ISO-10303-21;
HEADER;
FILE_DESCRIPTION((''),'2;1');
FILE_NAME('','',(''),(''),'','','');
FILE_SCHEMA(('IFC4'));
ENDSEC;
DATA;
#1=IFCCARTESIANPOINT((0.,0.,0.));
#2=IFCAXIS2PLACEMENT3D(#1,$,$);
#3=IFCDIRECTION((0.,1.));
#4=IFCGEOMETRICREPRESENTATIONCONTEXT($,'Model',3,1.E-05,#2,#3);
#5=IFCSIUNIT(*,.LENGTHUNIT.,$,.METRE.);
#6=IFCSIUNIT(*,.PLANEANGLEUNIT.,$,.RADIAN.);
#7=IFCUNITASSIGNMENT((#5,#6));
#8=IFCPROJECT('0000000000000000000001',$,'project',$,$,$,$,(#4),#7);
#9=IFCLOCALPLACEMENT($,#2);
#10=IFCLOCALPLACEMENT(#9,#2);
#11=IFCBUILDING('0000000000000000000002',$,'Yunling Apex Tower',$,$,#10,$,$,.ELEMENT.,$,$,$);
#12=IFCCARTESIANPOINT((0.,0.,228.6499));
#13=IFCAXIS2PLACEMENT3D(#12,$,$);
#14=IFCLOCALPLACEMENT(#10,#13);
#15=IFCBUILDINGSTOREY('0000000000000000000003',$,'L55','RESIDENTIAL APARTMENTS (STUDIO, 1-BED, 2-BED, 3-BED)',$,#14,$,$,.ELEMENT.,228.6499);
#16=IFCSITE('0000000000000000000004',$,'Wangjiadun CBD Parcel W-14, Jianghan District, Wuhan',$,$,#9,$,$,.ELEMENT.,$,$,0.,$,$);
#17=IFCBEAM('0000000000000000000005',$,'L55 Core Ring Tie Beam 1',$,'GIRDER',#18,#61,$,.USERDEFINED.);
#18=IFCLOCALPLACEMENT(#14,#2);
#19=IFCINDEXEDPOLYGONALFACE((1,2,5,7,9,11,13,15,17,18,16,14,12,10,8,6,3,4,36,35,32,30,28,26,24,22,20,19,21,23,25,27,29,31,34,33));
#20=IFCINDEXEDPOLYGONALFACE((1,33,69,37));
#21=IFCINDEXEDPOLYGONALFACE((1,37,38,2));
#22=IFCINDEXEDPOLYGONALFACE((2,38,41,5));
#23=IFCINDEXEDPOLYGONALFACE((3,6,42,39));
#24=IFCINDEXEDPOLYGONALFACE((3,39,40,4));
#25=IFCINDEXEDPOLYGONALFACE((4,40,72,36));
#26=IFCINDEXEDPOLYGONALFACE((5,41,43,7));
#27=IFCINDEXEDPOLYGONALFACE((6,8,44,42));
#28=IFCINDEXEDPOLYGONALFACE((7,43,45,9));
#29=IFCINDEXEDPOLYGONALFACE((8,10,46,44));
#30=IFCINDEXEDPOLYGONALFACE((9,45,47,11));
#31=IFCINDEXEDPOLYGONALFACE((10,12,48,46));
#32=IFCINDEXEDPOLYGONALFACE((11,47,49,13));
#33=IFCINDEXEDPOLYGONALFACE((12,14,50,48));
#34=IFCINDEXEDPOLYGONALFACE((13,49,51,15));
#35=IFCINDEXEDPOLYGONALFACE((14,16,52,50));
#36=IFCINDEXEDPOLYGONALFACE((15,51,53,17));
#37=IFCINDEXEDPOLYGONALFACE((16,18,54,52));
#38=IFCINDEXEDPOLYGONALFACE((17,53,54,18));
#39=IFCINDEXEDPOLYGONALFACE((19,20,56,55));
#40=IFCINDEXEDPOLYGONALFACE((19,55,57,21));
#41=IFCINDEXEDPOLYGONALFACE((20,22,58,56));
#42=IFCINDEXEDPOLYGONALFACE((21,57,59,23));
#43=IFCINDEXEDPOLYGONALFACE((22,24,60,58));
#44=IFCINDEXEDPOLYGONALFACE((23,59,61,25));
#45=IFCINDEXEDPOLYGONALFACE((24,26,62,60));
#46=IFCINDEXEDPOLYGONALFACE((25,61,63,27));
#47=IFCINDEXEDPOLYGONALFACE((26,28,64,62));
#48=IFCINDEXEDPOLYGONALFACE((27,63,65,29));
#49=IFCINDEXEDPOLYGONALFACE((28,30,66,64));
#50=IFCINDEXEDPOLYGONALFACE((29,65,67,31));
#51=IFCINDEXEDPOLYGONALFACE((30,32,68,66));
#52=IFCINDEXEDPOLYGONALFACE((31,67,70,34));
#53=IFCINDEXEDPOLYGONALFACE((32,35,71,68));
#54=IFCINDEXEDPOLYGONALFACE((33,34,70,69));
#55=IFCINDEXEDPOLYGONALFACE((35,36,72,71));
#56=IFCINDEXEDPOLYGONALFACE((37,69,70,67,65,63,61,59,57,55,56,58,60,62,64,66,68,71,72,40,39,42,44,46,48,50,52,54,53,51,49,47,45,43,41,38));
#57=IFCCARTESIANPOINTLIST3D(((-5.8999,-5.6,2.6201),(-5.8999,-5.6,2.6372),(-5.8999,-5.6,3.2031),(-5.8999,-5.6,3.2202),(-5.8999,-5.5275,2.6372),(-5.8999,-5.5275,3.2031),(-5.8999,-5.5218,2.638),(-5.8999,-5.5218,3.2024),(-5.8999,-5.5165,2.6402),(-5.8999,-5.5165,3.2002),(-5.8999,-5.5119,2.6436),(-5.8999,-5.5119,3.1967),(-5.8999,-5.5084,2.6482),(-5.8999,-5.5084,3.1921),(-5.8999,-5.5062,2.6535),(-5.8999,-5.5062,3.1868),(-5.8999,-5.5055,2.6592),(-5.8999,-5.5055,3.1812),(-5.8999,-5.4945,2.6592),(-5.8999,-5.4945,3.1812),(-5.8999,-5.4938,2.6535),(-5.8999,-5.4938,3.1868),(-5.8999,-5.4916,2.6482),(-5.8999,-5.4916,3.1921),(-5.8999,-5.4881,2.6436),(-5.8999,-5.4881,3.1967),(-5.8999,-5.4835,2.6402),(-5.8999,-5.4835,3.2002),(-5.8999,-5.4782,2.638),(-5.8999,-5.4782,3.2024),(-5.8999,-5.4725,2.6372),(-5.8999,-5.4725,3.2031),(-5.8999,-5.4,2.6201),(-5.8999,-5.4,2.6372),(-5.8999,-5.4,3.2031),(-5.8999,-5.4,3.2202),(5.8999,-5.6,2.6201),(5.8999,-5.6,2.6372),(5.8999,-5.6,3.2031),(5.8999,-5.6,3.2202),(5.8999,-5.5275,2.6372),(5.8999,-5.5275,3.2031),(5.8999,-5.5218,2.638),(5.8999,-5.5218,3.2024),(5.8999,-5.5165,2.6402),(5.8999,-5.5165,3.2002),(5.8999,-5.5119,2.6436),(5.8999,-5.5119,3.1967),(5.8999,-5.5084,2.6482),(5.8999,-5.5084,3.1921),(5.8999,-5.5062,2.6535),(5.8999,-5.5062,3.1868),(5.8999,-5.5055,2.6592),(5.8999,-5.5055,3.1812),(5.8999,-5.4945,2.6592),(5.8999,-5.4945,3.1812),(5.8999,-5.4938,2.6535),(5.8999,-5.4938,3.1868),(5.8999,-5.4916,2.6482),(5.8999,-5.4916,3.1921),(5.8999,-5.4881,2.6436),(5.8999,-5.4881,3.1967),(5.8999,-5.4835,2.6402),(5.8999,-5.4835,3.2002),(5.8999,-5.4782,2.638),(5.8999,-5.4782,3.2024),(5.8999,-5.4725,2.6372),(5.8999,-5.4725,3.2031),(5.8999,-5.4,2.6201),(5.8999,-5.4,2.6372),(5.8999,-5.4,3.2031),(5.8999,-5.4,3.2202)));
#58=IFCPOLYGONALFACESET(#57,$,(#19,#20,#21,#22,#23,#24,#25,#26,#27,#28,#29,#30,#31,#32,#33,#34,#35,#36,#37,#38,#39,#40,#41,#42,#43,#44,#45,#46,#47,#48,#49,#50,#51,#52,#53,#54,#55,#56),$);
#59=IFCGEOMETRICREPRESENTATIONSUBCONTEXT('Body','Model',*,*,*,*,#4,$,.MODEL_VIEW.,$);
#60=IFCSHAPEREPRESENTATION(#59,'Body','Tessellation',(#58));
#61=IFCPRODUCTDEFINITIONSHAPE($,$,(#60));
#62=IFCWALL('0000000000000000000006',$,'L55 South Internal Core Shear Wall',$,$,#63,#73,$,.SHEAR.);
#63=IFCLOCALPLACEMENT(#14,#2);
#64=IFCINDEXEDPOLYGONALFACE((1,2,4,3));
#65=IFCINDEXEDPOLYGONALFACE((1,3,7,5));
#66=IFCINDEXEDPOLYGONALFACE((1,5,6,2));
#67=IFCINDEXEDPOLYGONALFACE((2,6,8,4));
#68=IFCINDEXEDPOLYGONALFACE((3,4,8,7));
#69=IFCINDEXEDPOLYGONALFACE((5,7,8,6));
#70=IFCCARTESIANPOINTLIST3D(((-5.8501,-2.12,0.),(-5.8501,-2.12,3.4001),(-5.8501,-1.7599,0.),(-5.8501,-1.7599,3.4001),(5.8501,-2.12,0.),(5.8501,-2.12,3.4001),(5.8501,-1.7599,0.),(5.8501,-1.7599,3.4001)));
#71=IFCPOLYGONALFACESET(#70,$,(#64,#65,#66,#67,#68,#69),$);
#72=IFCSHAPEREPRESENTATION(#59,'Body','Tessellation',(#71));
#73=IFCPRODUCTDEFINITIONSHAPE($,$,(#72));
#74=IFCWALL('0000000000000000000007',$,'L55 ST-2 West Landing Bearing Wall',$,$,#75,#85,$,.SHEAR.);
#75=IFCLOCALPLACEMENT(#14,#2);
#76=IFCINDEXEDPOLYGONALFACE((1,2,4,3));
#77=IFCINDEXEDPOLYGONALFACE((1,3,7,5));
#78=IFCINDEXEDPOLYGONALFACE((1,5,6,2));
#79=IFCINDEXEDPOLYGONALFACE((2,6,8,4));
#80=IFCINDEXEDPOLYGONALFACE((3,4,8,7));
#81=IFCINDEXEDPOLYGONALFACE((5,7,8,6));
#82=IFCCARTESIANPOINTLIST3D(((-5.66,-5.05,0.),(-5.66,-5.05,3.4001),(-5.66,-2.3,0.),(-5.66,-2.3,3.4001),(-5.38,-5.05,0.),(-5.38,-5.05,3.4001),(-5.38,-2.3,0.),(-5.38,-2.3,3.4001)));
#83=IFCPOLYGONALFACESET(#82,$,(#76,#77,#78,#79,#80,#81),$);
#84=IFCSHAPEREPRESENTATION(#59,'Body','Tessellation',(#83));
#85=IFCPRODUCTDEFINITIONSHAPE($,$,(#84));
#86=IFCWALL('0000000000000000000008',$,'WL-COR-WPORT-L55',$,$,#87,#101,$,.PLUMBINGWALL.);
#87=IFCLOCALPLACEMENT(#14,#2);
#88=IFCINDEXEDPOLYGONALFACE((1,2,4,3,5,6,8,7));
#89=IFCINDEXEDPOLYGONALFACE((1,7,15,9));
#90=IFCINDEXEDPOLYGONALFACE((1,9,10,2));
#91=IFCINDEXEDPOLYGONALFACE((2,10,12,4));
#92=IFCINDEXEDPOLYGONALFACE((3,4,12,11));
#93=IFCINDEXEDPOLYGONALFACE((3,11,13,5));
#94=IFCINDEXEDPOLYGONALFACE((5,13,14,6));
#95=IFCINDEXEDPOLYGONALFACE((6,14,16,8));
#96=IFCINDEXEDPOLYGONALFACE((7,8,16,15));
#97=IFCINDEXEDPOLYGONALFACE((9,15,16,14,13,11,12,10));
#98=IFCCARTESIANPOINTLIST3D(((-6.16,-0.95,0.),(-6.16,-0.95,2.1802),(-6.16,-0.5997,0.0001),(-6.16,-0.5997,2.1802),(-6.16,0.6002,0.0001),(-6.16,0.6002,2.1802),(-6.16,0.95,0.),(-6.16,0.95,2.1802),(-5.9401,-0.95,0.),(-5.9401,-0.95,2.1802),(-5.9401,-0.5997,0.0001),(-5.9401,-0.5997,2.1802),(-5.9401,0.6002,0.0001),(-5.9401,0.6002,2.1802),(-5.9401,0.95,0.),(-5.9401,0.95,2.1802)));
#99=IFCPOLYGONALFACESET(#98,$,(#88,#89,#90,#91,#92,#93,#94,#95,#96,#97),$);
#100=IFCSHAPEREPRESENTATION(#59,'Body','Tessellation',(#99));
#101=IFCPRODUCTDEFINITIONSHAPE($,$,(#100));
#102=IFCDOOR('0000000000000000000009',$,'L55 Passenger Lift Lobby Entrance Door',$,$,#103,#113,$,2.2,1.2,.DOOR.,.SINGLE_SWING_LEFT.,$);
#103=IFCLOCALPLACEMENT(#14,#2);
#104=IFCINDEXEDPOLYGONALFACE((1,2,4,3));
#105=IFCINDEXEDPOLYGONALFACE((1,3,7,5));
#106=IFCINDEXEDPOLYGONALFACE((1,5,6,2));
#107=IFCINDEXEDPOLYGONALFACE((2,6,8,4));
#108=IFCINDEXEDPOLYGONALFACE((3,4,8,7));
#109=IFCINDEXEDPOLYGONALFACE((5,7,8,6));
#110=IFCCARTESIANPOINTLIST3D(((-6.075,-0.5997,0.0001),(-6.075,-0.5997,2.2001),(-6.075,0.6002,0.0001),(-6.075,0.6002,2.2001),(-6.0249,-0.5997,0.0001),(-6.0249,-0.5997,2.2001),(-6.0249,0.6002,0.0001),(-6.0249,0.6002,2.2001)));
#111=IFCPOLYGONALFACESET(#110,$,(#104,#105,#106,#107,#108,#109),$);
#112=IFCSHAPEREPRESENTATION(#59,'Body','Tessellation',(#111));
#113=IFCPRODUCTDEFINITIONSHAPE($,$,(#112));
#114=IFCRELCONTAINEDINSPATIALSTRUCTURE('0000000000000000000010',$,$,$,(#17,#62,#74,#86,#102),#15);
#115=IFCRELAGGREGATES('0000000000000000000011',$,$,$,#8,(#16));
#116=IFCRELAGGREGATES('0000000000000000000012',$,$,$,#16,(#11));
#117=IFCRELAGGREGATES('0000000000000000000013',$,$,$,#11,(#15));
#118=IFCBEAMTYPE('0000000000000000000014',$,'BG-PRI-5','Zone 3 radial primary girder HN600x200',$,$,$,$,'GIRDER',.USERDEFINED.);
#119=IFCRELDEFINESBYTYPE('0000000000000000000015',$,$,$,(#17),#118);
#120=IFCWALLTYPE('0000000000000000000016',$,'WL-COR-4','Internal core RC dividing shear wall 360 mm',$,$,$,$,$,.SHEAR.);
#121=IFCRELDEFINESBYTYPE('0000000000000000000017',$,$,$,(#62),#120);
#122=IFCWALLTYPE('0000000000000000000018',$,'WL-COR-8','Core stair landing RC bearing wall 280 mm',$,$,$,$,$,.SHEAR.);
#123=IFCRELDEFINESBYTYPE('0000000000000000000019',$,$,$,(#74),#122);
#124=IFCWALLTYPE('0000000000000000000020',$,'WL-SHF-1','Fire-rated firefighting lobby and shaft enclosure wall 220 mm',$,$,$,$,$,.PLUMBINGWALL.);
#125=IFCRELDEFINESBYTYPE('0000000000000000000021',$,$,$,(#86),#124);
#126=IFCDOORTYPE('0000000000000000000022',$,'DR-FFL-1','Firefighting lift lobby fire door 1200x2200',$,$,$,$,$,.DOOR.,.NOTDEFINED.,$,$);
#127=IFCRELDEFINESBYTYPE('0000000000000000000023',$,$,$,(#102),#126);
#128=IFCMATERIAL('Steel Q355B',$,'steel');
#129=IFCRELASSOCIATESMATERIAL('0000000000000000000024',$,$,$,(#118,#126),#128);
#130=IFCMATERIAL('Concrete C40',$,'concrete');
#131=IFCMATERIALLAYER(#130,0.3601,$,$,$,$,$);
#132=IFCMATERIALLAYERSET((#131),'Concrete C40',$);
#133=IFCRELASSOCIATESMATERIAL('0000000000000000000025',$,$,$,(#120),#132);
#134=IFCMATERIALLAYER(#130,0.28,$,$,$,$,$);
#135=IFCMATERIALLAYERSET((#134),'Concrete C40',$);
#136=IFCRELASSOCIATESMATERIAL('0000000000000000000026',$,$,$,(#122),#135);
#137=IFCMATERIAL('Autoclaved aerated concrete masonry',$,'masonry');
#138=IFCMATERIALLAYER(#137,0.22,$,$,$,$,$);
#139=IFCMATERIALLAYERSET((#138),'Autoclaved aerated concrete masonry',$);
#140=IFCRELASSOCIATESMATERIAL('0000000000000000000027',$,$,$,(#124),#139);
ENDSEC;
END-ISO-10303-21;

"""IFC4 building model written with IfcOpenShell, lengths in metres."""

from ifc_helpers import new_model, si_unit, direction, frame, frame_2d, origin, origin_2d, place, context, subcontext, project, spatial, rectangle, i_section, extrude, source, transform, mapped, material, layer, layer_set, material_profile, profile_set, type_object, element, fill, save


model = new_model("IFC4")

# Units and contexts
model_context = context("Model", 3, precision=1e-05, world=origin(), true_north=direction((0.0, 1.0)))
body_context = subcontext(model_context, "Body", "Model", "MODEL_VIEW")
ifc_project = project(units=[si_unit("LENGTHUNIT", "METRE"), si_unit("PLANEANGLEUNIT", "RADIAN")], contexts=[model_context])

# Site, building, storey
site_placement = place(None, origin())
site = spatial("IfcSite", under=ifc_project, at=site_placement, Name="Wangjiadun CBD Parcel W-14, Jianghan District, Wuhan", CompositionType="ELEMENT", RefElevation=0.0)
building_placement = place(site_placement, origin())
building = spatial("IfcBuilding", under=site, at=building_placement, Name="Yunling Apex Tower", CompositionType="ELEMENT")
storey_placement = place(building_placement, frame((0.0, 0.0, 228.6499)))
storey = spatial("IfcBuildingStorey", under=building, at=storey_placement, Name="L55", Description="RESIDENTIAL APARTMENTS (STUDIO, 1-BED, 2-BED, 3-BED)", CompositionType="ELEMENT", Elevation=228.6499)

# Beam
ifc_material_1 = material(Name="Steel Q355B", Category="steel")
ifc_material_2 = material(Name="Concrete C40", Category="concrete")
ifc_material_profile_1 = material_profile(ifc_material_1, i_section(OverallWidth=0.2, OverallDepth=0.6001, WebThickness=0.011, FlangeThickness=0.0171, FilletRadius=0.022, at=origin_2d()))
ifc_profile_set_1 = profile_set([ifc_material_profile_1], Name="Steel Q355B")
beam_type_1 = type_object("IfcBeamType", Name="BG-PRI-5", Description="Zone 3 radial primary girder HN600x200", ElementType="GIRDER", PredefinedType="USERDEFINED", material=ifc_profile_set_1)
shared_shape_1 = source(origin(), body_context, "Body", "SweptSolid", [
    extrude(i_section(OverallWidth=0.2, OverallDepth=0.6001, WebThickness=0.011, FlangeThickness=0.0171, FilletRadius=0.022, at=origin_2d()), origin(), (0.0, 0.0, 1.0), 11.7998),
])
beam_1_placement = place(storey_placement, frame((-5.8999, -5.5, 2.9202), z_axis=(1.0, 0.0, 0.0), x_axis=(0.0, 1.0, 0.0)))
element("IfcBeam", 1, at=beam_1_placement, inside=storey, type_object=beam_type_1, Name="L55 Core Ring Tie Beam 1", ObjectType="GIRDER", PredefinedType="USERDEFINED", context=body_context, shape_type="MappedRepresentation", body=[
    mapped(shared_shape_1, transform((0.0, 0.0, 0.0), scale=1.0)),
])

# Walls
ifc_layer_1 = layer(ifc_material_2, 0.3601)
ifc_layer_set_1 = layer_set([ifc_layer_1], Name="Concrete C40")
wall_type_1 = type_object("IfcWallType", Name="WL-COR-4", Description="Internal core RC dividing shear wall 360 mm", PredefinedType="SHEAR", material=ifc_layer_set_1)
wall_1_placement = place(storey_placement, frame((-5.8501, -1.9399, 0.0), z_axis=(0.0, 0.0, 1.0), x_axis=(1.0, 0.0, 0.0)))
element("IfcWall", 2, at=wall_1_placement, inside=storey, type_object=wall_type_1, Name="L55 South Internal Core Shear Wall", PredefinedType="SHEAR", context=body_context, shape_type="SweptSolid", body=[
    extrude(rectangle(XDim=11.7002, YDim=0.3601, at=frame_2d((5.8501, 0.0))), origin(), (0.0, 0.0, 1.0), 3.4001),
])
ifc_layer_2 = layer(ifc_material_2, 0.28)
ifc_layer_set_2 = layer_set([ifc_layer_2], Name="Concrete C40")
wall_type_2 = type_object("IfcWallType", Name="WL-COR-8", Description="Core stair landing RC bearing wall 280 mm", PredefinedType="SHEAR", material=ifc_layer_set_2)
wall_2_placement = place(storey_placement, frame((-5.52, -5.05, 0.0), z_axis=(0.0, 0.0, 1.0), x_axis=(0.0, 1.0, 0.0)))
element("IfcWall", 3, at=wall_2_placement, inside=storey, type_object=wall_type_2, Name="L55 ST-2 West Landing Bearing Wall", PredefinedType="SHEAR", context=body_context, shape_type="SweptSolid", body=[
    extrude(rectangle(XDim=2.75, YDim=0.28, at=frame_2d((1.375, 0.0))), origin(), (0.0, 0.0, 1.0), 3.4001),
])

# Wall, opening, door
ifc_material_3 = material(Name="Autoclaved aerated concrete masonry", Category="masonry")
ifc_layer_3 = layer(ifc_material_3, 0.22)
ifc_layer_set_3 = layer_set([ifc_layer_3], Name="Autoclaved aerated concrete masonry")
wall_type_3 = type_object("IfcWallType", Name="WL-SHF-1", Description="Fire-rated firefighting lobby and shaft enclosure wall 220 mm", PredefinedType="PLUMBINGWALL", material=ifc_layer_set_3)
wall_3_placement = place(storey_placement, frame((-6.05, -0.95, 0.0), z_axis=(0.0, 0.0, 1.0), x_axis=(0.0, 1.0, 0.0)))
wall_3 = element("IfcWall", 4, at=wall_3_placement, inside=storey, type_object=wall_type_3, Name="WL-COR-WPORT-L55", PredefinedType="PLUMBINGWALL", context=body_context, shape_type="SweptSolid", body=[
    extrude(rectangle(XDim=1.8999, YDim=0.22, at=frame_2d((0.95, 0.0))), origin(), (0.0, 0.0, 1.0), 2.1802),
])
opening_1_placement = place(wall_3_placement, frame((0.3501, 0.0, 0.0)))
opening_1 = element("IfcOpeningElement", 5, at=opening_1_placement, cuts=wall_3, PredefinedType="OPENING", context=body_context, shape_type="SweptSolid", body=[
    extrude(rectangle(XDim=1.2, YDim=2.2, at=frame_2d((0.6001, 1.1001))), frame((0.0, 0.1201, 0.0), z_axis=(0.0, -1.0, 0.0), x_axis=(1.0, 0.0, 0.0)), (0.0, 0.0, 1.0), 0.24),
])
door_type_1 = type_object("IfcDoorType", Name="DR-FFL-1", Description="Firefighting lift lobby fire door 1200x2200", OperationType="NOTDEFINED", PredefinedType="DOOR", material=ifc_material_1)
door_1_placement = place(opening_1_placement, origin())
door_1 = element("IfcDoor", 6, at=door_1_placement, inside=storey, type_object=door_type_1, Name="L55 Passenger Lift Lobby Entrance Door", OperationType="SINGLE_SWING_LEFT", OverallHeight=2.2, OverallWidth=1.2, PredefinedType="DOOR", context=body_context, shape_type="SweptSolid", body=[
    extrude(rectangle(XDim=1.2, YDim=2.2, at=frame_2d((0.6001, 1.1001))), frame((0.0, 0.0249, 0.0), z_axis=(0.0, -1.0, 0.0), x_axis=(1.0, 0.0, 0.0)), (0.0, 0.0, 1.0), 0.05),
])
fill(opening_1, door_1)

save(model, "model.ifc")
